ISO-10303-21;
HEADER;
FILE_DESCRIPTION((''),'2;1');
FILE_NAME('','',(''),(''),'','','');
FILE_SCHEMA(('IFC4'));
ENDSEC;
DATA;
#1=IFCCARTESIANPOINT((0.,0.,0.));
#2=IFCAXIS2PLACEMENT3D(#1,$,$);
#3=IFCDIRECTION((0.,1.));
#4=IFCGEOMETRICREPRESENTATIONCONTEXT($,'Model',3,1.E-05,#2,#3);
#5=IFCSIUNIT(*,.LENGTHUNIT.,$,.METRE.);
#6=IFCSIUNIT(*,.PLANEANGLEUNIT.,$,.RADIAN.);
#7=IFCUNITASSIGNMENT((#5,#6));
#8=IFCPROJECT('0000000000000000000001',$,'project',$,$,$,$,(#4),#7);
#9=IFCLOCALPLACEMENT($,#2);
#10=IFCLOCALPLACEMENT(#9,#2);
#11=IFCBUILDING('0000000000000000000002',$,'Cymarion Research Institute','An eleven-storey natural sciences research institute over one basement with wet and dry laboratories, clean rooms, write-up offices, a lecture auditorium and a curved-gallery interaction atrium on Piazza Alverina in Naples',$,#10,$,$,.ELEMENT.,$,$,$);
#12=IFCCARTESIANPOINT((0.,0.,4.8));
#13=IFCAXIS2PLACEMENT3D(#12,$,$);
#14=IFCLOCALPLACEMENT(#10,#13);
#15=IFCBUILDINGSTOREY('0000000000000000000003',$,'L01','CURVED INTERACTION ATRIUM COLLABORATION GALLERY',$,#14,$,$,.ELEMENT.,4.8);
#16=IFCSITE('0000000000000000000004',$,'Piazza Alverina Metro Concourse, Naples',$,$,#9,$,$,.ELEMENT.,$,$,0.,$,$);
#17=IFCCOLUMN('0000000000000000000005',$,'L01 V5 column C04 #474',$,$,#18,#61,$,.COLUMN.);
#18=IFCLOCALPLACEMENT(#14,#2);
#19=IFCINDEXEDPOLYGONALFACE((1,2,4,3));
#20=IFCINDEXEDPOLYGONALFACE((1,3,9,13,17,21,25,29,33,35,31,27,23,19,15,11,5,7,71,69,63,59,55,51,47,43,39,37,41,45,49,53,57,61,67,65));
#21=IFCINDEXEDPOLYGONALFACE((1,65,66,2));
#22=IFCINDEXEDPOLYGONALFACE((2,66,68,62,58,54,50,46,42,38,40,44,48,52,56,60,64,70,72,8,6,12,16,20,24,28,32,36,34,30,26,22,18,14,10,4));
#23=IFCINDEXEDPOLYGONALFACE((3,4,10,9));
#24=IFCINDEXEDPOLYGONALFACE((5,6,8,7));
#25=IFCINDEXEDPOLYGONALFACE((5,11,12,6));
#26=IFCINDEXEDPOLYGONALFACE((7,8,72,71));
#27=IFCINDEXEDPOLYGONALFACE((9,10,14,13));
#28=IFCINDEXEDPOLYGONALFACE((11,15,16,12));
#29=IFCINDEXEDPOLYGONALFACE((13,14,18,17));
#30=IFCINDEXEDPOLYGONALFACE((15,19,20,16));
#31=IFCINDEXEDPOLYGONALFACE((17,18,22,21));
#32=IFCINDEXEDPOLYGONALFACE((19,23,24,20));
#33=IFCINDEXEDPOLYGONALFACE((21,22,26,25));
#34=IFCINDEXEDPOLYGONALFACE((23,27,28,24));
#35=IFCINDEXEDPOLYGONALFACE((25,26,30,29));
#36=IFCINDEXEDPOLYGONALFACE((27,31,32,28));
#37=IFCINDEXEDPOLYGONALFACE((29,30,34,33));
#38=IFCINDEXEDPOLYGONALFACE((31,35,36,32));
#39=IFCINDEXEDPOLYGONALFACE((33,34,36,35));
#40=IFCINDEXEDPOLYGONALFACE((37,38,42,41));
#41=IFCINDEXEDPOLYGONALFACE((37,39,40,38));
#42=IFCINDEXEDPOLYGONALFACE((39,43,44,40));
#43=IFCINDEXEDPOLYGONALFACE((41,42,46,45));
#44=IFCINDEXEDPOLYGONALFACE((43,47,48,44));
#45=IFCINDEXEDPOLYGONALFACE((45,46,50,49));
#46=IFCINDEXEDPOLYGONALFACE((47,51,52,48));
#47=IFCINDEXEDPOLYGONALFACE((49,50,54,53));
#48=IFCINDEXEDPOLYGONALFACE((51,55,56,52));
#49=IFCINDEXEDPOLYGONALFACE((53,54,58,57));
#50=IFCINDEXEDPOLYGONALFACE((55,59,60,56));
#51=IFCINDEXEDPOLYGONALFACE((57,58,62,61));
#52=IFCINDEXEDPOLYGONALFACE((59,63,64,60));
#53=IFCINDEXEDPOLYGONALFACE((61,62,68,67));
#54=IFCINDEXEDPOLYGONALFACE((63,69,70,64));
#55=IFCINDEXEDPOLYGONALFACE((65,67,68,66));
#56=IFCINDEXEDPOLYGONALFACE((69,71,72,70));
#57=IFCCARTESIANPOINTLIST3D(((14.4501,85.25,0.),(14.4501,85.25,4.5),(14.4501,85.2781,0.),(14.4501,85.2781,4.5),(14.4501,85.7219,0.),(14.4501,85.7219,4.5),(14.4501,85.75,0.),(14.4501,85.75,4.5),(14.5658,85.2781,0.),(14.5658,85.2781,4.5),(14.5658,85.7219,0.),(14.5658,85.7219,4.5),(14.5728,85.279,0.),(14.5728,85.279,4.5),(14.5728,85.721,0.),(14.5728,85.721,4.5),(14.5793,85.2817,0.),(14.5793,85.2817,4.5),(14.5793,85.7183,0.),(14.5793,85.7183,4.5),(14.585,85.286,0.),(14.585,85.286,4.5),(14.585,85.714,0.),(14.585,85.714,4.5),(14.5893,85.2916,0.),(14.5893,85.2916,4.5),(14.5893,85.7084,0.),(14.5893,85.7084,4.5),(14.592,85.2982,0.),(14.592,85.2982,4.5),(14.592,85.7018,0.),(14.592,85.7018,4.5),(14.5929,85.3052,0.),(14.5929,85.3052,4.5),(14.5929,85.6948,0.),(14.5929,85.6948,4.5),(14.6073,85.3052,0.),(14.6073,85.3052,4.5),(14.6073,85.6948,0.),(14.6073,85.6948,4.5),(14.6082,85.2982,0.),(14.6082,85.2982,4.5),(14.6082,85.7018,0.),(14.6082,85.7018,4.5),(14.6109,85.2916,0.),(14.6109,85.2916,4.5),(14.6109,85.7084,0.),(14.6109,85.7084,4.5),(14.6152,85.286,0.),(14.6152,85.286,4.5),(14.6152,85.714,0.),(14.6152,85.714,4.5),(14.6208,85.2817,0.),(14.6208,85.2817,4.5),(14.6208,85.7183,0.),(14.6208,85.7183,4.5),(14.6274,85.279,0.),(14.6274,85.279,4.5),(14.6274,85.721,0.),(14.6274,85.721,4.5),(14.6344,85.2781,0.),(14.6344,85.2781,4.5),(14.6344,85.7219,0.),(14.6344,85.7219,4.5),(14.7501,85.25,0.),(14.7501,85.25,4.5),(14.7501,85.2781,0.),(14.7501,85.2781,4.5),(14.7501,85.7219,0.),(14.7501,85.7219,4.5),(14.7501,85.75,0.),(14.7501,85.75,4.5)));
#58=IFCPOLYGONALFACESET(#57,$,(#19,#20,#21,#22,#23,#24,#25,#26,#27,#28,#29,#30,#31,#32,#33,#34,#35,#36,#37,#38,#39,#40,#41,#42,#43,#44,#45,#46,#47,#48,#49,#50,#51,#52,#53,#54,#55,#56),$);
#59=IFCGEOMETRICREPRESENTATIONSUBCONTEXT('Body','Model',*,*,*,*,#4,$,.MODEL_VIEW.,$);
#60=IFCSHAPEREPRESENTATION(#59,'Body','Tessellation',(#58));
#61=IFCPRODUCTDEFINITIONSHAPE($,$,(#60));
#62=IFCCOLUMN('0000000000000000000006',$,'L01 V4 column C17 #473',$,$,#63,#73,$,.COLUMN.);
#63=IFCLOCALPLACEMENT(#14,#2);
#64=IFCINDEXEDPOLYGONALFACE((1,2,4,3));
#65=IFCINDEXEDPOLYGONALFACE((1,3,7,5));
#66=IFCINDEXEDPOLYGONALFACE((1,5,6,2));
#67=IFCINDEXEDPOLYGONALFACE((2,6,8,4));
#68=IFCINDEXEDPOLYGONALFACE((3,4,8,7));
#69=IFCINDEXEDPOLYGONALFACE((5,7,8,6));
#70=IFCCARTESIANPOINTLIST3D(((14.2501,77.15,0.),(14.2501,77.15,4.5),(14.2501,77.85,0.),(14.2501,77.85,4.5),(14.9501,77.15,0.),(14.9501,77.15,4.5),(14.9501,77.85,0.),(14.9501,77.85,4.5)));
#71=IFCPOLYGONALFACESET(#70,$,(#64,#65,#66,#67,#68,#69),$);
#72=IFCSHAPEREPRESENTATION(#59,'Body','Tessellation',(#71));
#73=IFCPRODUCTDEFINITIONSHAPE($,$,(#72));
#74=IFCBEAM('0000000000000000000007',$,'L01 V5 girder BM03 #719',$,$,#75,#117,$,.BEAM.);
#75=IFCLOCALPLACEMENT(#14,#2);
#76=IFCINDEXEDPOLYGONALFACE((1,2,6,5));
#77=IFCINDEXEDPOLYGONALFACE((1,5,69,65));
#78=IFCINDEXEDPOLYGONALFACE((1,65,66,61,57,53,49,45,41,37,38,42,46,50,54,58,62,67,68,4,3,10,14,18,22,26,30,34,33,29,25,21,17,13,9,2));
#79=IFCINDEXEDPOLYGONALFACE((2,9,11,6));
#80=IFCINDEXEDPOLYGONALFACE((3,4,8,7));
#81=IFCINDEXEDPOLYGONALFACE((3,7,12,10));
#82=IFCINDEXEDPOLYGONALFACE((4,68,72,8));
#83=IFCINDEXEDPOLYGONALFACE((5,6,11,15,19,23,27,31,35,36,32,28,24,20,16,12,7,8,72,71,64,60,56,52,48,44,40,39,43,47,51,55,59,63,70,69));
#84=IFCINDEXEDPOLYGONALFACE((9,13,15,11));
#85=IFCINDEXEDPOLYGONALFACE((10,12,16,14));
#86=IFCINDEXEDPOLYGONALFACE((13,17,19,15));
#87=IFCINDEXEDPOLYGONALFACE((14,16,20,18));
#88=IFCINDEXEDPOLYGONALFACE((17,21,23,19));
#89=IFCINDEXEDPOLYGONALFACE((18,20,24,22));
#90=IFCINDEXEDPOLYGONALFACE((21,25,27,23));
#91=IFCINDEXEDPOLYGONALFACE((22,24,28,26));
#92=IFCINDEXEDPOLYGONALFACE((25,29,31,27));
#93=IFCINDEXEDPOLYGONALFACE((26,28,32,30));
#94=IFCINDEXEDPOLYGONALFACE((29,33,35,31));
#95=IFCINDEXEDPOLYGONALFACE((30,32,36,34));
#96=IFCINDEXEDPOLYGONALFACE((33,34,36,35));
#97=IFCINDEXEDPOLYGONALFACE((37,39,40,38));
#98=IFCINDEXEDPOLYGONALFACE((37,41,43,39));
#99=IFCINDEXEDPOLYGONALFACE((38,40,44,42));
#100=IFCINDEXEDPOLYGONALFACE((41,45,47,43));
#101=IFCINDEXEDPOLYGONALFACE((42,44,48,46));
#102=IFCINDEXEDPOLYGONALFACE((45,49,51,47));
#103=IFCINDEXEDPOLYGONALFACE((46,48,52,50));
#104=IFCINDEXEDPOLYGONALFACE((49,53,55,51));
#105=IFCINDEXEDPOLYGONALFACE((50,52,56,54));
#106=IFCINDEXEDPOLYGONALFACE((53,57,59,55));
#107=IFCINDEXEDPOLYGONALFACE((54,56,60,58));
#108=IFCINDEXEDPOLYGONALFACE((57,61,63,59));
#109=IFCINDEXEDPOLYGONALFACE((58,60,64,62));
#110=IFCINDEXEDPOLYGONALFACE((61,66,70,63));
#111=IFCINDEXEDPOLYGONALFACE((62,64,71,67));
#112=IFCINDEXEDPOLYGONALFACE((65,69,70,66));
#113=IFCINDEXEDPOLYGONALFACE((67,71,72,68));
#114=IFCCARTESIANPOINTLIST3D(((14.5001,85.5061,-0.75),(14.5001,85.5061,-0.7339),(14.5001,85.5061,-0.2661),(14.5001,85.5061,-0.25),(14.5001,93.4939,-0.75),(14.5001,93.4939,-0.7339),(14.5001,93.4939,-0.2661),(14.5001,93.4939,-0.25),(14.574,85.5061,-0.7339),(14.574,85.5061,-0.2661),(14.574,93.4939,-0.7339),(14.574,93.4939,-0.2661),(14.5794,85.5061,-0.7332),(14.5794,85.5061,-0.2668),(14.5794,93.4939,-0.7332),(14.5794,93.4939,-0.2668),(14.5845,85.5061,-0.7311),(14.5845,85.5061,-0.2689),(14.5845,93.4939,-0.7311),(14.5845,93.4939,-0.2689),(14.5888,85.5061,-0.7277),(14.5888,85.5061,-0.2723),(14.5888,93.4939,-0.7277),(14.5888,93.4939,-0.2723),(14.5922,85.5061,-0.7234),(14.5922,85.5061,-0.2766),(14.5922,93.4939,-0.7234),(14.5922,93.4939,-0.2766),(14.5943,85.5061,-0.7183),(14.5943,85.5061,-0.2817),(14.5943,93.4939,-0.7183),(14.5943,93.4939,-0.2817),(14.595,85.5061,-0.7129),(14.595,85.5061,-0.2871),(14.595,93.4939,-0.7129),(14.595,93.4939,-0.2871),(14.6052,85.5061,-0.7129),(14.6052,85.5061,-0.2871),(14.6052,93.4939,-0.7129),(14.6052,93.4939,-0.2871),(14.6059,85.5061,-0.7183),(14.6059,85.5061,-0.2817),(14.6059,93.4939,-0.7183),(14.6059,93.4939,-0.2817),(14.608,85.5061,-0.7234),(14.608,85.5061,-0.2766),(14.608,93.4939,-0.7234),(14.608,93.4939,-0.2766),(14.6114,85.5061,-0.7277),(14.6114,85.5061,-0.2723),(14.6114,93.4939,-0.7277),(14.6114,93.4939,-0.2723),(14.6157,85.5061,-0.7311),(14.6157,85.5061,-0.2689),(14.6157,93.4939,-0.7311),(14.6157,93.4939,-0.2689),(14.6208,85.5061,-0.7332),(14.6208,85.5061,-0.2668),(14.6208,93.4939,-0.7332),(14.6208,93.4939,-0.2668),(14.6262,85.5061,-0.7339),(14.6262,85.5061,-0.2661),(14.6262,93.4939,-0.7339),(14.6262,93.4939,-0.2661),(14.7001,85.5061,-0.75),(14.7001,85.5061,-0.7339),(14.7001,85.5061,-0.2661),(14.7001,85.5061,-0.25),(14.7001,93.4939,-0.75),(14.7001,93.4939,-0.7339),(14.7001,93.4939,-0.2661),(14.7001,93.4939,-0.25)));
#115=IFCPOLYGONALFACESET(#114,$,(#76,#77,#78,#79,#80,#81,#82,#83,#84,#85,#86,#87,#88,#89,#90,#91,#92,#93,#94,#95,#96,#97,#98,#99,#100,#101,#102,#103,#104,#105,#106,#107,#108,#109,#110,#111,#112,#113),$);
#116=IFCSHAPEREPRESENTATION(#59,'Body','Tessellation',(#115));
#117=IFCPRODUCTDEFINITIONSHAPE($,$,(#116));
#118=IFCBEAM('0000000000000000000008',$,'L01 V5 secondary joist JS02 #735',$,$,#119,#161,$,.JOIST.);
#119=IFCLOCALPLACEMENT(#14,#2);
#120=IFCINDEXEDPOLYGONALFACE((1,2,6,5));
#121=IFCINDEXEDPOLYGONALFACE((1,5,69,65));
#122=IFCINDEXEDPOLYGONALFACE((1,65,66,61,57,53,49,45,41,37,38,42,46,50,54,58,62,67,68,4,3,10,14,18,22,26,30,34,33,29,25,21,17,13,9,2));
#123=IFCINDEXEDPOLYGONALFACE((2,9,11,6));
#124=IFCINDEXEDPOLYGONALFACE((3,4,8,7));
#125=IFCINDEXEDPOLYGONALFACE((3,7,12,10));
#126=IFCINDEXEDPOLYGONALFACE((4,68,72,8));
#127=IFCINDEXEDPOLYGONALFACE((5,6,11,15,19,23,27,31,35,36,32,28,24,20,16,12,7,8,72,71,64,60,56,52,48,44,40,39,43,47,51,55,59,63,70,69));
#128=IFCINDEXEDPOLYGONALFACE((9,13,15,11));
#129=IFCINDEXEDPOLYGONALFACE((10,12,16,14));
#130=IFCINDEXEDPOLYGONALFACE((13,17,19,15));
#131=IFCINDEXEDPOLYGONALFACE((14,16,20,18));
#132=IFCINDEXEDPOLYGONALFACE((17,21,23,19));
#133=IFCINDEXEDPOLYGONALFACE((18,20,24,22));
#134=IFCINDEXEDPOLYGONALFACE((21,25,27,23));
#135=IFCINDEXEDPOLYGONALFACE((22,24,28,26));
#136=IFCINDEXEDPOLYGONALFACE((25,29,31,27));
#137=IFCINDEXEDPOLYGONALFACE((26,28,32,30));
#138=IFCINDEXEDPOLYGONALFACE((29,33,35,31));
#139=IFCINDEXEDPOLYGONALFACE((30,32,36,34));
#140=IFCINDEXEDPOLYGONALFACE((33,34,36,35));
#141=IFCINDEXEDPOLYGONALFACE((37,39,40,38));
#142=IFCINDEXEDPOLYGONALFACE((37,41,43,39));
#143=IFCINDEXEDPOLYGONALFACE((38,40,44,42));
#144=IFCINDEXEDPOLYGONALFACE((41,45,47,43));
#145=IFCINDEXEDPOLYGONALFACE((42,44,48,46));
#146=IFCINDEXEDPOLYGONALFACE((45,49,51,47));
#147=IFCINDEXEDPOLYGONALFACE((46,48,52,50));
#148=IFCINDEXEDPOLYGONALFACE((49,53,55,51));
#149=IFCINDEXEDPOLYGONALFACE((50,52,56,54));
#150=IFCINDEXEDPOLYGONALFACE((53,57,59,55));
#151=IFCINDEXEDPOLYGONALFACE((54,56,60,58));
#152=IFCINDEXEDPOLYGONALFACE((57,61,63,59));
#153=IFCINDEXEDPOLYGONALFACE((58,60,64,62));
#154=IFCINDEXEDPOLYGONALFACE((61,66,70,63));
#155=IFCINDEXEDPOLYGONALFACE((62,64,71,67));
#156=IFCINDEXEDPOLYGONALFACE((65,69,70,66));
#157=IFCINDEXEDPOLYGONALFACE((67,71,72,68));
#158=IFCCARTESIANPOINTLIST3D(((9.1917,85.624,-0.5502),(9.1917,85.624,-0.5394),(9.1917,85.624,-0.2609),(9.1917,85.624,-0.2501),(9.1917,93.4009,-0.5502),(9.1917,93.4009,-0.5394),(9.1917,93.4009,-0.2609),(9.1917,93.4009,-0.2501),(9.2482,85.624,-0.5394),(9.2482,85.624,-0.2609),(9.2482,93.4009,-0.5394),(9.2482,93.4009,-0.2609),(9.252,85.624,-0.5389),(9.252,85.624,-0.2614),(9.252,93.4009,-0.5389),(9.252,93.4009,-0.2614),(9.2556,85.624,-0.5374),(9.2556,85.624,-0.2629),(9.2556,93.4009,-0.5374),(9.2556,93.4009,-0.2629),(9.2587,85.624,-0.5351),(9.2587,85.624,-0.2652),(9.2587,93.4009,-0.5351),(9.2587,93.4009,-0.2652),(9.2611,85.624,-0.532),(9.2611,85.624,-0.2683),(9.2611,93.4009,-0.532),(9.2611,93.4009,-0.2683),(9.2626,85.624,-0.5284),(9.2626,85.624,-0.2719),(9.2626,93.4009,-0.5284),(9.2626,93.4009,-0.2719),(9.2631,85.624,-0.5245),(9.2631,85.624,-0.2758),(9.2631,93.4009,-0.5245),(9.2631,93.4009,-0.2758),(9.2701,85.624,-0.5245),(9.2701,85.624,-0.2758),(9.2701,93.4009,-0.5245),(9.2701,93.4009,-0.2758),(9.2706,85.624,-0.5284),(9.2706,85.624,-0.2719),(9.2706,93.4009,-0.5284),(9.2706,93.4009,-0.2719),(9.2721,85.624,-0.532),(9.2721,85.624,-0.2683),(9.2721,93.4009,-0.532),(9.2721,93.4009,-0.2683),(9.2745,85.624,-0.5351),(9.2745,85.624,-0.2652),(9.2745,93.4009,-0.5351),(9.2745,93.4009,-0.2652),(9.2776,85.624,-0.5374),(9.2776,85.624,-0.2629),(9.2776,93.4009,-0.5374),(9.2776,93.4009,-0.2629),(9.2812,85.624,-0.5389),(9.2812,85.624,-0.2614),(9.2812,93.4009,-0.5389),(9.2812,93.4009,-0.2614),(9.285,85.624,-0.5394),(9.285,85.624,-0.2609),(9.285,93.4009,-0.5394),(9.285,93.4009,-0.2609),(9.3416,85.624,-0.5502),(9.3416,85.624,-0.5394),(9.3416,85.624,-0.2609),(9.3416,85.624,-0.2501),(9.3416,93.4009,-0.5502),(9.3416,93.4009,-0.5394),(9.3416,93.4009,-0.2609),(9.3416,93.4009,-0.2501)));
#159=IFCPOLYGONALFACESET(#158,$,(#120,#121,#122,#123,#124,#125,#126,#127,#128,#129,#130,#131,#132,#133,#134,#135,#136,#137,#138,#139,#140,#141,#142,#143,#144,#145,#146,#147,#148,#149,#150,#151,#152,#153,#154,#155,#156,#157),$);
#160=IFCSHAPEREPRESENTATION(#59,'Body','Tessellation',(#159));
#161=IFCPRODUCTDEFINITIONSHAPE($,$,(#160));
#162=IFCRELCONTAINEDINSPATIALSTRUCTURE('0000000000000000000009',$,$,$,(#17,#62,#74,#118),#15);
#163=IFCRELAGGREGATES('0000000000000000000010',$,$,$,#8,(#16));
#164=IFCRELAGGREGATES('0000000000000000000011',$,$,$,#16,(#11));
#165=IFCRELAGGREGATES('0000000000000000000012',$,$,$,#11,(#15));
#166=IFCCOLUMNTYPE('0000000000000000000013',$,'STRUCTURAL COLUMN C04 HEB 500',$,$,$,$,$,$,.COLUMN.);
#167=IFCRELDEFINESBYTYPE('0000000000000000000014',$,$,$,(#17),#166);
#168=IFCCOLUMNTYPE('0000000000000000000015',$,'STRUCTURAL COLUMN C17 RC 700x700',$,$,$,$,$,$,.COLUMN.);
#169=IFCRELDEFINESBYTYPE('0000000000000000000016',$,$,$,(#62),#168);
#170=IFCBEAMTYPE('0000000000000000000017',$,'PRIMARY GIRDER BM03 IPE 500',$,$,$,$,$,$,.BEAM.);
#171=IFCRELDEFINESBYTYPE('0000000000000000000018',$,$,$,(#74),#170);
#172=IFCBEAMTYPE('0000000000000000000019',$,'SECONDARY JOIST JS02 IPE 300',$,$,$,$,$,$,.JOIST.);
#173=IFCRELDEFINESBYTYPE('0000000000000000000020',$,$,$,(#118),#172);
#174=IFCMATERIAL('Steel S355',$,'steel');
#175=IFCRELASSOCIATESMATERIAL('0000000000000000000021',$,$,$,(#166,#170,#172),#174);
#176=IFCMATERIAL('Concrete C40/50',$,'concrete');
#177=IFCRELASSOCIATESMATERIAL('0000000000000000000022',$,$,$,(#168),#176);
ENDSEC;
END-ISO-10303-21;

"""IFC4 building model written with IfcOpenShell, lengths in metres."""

from ifc_helpers import new_model, si_unit, direction, frame, origin, origin_2d, place, context, subcontext, project, spatial, rectangle, i_section, extrude, material, material_profile, profile_set, type_object, element, save


model = new_model("IFC4")

# Units and contexts
model_context = context("Model", 3, precision=1e-05, world=origin(), true_north=direction((0.0, 1.0)))
body_context = subcontext(model_context, "Body", "Model", "MODEL_VIEW")
ifc_project = project(units=[si_unit("LENGTHUNIT", "METRE"), si_unit("PLANEANGLEUNIT", "RADIAN")], contexts=[model_context])

# Site, building, storey
site_placement = place(None, origin())
site = spatial("IfcSite", under=ifc_project, at=site_placement, Name="Piazza Alverina Metro Concourse, Naples", CompositionType="ELEMENT", RefElevation=0.0)
building_placement = place(site_placement, origin())
building = spatial("IfcBuilding", under=site, at=building_placement, Name="Cymarion Research Institute", Description="An eleven-storey natural sciences research institute over one basement with wet and dry laboratories, clean rooms, write-up offices, a lecture auditorium and a curved-gallery interaction atrium on Piazza Alverina in Naples", CompositionType="ELEMENT")
storey_placement = place(building_placement, frame((0.0, 0.0, 4.8)))
storey = spatial("IfcBuildingStorey", under=building, at=storey_placement, Name="L01", Description="CURVED INTERACTION ATRIUM COLLABORATION GALLERY", CompositionType="ELEMENT", Elevation=4.8)

# Columns
ifc_material_1 = material(Name="Steel S355", Category="steel")
ifc_material_profile_1 = material_profile(ifc_material_1, i_section(OverallWidth=0.3, OverallDepth=0.5, WebThickness=0.0144, FlangeThickness=0.0281, FilletRadius=0.0271, at=origin_2d()), Name="HEB 500")
ifc_profile_set_1 = profile_set([ifc_material_profile_1], Name="Steel S355")
column_type_1 = type_object("IfcColumnType", Name="STRUCTURAL COLUMN C04 HEB 500", PredefinedType="COLUMN", material=ifc_profile_set_1)
column_1_placement = place(storey_placement, frame((14.6001, 85.5, 0.0), z_axis=(0.0, 0.0, 1.0), x_axis=(1.0, 0.0, 0.0)))
element("IfcColumn", 1, at=column_1_placement, inside=storey, type_object=column_type_1, Name="L01 V5 column C04 #474", PredefinedType="COLUMN", context=body_context, shape_type="SweptSolid", body=[
    extrude(i_section(OverallWidth=0.3, OverallDepth=0.5, WebThickness=0.0144, FlangeThickness=0.0281, FilletRadius=0.0271, at=origin_2d()), origin(), (0.0, 0.0, 1.0), 4.5),
])
ifc_material_2 = material(Name="Concrete C40/50", Category="concrete")
ifc_material_profile_2 = material_profile(ifc_material_2, rectangle(XDim=0.7, YDim=0.7, at=origin_2d()), Name="RC 700x700")
ifc_profile_set_2 = profile_set([ifc_material_profile_2], Name="Concrete C40/50")
column_type_2 = type_object("IfcColumnType", Name="STRUCTURAL COLUMN C17 RC 700x700", PredefinedType="COLUMN", material=ifc_profile_set_2)
column_2_placement = place(storey_placement, frame((14.6001, 77.5, 0.0), z_axis=(0.0, 0.0, 1.0), x_axis=(1.0, 0.0, 0.0)))
element("IfcColumn", 2, at=column_2_placement, inside=storey, type_object=column_type_2, Name="L01 V4 column C17 #473", PredefinedType="COLUMN", context=body_context, shape_type="SweptSolid", body=[
    extrude(rectangle(XDim=0.7, YDim=0.7, at=origin_2d()), origin(), (0.0, 0.0, 1.0), 4.5),
])

# Beams
ifc_material_profile_3 = material_profile(ifc_material_1, i_section(OverallWidth=0.2, OverallDepth=0.5, WebThickness=0.0103, FlangeThickness=0.0161, FilletRadius=0.021, at=origin_2d()), Name="IPE 500")
ifc_profile_set_3 = profile_set([ifc_material_profile_3], Name="Steel S355")
beam_type_1 = type_object("IfcBeamType", Name="PRIMARY GIRDER BM03 IPE 500", PredefinedType="BEAM", material=ifc_profile_set_3)
beam_placement = place(storey_placement, frame((14.6001, 85.5061, -0.5), z_axis=(0.0, 1.0, 0.0), x_axis=(-1.0, 0.0, 0.0)))
element("IfcBeam", 3, at=beam_placement, inside=storey, type_object=beam_type_1, Name="L01 V5 girder BM03 #719", PredefinedType="BEAM", context=body_context, shape_type="SweptSolid", body=[
    extrude(i_section(OverallWidth=0.2, OverallDepth=0.5, WebThickness=0.0103, FlangeThickness=0.0161, FilletRadius=0.021, at=origin_2d()), origin(), (0.0, 0.0, 1.0), 7.9878),
])
ifc_material_profile_4 = material_profile(ifc_material_1, i_section(OverallWidth=0.1499, OverallDepth=0.3, WebThickness=0.0071, FlangeThickness=0.0107, FilletRadius=0.0149, at=origin_2d()), Name="IPE 300")
ifc_profile_set_4 = profile_set([ifc_material_profile_4], Name="Steel S355")
beam_type_2 = type_object("IfcBeamType", Name="SECONDARY JOIST JS02 IPE 300", PredefinedType="JOIST", material=ifc_profile_set_4)
for number, where, z_axis, x_axis, name in (
    (4, (9.2666, 85.624, -0.4001), (0.0, 1.0, 0.0), (-1.0, 0.0, 0.0), "L01 V5 secondary joist JS02 #735"),
):
    element("IfcBeam", number, at=place(storey_placement, frame(where, z_axis=z_axis, x_axis=x_axis)), inside=storey, type_object=beam_type_2, Name=name, PredefinedType="JOIST", context=body_context, shape_type="SweptSolid", body=[
        extrude(i_section(OverallWidth=0.1499, OverallDepth=0.3, WebThickness=0.0071, FlangeThickness=0.0107, FilletRadius=0.0149, at=origin_2d()), origin(), (0.0, 0.0, 1.0), 7.7769),
    ])

save(model, "model.ifc")
